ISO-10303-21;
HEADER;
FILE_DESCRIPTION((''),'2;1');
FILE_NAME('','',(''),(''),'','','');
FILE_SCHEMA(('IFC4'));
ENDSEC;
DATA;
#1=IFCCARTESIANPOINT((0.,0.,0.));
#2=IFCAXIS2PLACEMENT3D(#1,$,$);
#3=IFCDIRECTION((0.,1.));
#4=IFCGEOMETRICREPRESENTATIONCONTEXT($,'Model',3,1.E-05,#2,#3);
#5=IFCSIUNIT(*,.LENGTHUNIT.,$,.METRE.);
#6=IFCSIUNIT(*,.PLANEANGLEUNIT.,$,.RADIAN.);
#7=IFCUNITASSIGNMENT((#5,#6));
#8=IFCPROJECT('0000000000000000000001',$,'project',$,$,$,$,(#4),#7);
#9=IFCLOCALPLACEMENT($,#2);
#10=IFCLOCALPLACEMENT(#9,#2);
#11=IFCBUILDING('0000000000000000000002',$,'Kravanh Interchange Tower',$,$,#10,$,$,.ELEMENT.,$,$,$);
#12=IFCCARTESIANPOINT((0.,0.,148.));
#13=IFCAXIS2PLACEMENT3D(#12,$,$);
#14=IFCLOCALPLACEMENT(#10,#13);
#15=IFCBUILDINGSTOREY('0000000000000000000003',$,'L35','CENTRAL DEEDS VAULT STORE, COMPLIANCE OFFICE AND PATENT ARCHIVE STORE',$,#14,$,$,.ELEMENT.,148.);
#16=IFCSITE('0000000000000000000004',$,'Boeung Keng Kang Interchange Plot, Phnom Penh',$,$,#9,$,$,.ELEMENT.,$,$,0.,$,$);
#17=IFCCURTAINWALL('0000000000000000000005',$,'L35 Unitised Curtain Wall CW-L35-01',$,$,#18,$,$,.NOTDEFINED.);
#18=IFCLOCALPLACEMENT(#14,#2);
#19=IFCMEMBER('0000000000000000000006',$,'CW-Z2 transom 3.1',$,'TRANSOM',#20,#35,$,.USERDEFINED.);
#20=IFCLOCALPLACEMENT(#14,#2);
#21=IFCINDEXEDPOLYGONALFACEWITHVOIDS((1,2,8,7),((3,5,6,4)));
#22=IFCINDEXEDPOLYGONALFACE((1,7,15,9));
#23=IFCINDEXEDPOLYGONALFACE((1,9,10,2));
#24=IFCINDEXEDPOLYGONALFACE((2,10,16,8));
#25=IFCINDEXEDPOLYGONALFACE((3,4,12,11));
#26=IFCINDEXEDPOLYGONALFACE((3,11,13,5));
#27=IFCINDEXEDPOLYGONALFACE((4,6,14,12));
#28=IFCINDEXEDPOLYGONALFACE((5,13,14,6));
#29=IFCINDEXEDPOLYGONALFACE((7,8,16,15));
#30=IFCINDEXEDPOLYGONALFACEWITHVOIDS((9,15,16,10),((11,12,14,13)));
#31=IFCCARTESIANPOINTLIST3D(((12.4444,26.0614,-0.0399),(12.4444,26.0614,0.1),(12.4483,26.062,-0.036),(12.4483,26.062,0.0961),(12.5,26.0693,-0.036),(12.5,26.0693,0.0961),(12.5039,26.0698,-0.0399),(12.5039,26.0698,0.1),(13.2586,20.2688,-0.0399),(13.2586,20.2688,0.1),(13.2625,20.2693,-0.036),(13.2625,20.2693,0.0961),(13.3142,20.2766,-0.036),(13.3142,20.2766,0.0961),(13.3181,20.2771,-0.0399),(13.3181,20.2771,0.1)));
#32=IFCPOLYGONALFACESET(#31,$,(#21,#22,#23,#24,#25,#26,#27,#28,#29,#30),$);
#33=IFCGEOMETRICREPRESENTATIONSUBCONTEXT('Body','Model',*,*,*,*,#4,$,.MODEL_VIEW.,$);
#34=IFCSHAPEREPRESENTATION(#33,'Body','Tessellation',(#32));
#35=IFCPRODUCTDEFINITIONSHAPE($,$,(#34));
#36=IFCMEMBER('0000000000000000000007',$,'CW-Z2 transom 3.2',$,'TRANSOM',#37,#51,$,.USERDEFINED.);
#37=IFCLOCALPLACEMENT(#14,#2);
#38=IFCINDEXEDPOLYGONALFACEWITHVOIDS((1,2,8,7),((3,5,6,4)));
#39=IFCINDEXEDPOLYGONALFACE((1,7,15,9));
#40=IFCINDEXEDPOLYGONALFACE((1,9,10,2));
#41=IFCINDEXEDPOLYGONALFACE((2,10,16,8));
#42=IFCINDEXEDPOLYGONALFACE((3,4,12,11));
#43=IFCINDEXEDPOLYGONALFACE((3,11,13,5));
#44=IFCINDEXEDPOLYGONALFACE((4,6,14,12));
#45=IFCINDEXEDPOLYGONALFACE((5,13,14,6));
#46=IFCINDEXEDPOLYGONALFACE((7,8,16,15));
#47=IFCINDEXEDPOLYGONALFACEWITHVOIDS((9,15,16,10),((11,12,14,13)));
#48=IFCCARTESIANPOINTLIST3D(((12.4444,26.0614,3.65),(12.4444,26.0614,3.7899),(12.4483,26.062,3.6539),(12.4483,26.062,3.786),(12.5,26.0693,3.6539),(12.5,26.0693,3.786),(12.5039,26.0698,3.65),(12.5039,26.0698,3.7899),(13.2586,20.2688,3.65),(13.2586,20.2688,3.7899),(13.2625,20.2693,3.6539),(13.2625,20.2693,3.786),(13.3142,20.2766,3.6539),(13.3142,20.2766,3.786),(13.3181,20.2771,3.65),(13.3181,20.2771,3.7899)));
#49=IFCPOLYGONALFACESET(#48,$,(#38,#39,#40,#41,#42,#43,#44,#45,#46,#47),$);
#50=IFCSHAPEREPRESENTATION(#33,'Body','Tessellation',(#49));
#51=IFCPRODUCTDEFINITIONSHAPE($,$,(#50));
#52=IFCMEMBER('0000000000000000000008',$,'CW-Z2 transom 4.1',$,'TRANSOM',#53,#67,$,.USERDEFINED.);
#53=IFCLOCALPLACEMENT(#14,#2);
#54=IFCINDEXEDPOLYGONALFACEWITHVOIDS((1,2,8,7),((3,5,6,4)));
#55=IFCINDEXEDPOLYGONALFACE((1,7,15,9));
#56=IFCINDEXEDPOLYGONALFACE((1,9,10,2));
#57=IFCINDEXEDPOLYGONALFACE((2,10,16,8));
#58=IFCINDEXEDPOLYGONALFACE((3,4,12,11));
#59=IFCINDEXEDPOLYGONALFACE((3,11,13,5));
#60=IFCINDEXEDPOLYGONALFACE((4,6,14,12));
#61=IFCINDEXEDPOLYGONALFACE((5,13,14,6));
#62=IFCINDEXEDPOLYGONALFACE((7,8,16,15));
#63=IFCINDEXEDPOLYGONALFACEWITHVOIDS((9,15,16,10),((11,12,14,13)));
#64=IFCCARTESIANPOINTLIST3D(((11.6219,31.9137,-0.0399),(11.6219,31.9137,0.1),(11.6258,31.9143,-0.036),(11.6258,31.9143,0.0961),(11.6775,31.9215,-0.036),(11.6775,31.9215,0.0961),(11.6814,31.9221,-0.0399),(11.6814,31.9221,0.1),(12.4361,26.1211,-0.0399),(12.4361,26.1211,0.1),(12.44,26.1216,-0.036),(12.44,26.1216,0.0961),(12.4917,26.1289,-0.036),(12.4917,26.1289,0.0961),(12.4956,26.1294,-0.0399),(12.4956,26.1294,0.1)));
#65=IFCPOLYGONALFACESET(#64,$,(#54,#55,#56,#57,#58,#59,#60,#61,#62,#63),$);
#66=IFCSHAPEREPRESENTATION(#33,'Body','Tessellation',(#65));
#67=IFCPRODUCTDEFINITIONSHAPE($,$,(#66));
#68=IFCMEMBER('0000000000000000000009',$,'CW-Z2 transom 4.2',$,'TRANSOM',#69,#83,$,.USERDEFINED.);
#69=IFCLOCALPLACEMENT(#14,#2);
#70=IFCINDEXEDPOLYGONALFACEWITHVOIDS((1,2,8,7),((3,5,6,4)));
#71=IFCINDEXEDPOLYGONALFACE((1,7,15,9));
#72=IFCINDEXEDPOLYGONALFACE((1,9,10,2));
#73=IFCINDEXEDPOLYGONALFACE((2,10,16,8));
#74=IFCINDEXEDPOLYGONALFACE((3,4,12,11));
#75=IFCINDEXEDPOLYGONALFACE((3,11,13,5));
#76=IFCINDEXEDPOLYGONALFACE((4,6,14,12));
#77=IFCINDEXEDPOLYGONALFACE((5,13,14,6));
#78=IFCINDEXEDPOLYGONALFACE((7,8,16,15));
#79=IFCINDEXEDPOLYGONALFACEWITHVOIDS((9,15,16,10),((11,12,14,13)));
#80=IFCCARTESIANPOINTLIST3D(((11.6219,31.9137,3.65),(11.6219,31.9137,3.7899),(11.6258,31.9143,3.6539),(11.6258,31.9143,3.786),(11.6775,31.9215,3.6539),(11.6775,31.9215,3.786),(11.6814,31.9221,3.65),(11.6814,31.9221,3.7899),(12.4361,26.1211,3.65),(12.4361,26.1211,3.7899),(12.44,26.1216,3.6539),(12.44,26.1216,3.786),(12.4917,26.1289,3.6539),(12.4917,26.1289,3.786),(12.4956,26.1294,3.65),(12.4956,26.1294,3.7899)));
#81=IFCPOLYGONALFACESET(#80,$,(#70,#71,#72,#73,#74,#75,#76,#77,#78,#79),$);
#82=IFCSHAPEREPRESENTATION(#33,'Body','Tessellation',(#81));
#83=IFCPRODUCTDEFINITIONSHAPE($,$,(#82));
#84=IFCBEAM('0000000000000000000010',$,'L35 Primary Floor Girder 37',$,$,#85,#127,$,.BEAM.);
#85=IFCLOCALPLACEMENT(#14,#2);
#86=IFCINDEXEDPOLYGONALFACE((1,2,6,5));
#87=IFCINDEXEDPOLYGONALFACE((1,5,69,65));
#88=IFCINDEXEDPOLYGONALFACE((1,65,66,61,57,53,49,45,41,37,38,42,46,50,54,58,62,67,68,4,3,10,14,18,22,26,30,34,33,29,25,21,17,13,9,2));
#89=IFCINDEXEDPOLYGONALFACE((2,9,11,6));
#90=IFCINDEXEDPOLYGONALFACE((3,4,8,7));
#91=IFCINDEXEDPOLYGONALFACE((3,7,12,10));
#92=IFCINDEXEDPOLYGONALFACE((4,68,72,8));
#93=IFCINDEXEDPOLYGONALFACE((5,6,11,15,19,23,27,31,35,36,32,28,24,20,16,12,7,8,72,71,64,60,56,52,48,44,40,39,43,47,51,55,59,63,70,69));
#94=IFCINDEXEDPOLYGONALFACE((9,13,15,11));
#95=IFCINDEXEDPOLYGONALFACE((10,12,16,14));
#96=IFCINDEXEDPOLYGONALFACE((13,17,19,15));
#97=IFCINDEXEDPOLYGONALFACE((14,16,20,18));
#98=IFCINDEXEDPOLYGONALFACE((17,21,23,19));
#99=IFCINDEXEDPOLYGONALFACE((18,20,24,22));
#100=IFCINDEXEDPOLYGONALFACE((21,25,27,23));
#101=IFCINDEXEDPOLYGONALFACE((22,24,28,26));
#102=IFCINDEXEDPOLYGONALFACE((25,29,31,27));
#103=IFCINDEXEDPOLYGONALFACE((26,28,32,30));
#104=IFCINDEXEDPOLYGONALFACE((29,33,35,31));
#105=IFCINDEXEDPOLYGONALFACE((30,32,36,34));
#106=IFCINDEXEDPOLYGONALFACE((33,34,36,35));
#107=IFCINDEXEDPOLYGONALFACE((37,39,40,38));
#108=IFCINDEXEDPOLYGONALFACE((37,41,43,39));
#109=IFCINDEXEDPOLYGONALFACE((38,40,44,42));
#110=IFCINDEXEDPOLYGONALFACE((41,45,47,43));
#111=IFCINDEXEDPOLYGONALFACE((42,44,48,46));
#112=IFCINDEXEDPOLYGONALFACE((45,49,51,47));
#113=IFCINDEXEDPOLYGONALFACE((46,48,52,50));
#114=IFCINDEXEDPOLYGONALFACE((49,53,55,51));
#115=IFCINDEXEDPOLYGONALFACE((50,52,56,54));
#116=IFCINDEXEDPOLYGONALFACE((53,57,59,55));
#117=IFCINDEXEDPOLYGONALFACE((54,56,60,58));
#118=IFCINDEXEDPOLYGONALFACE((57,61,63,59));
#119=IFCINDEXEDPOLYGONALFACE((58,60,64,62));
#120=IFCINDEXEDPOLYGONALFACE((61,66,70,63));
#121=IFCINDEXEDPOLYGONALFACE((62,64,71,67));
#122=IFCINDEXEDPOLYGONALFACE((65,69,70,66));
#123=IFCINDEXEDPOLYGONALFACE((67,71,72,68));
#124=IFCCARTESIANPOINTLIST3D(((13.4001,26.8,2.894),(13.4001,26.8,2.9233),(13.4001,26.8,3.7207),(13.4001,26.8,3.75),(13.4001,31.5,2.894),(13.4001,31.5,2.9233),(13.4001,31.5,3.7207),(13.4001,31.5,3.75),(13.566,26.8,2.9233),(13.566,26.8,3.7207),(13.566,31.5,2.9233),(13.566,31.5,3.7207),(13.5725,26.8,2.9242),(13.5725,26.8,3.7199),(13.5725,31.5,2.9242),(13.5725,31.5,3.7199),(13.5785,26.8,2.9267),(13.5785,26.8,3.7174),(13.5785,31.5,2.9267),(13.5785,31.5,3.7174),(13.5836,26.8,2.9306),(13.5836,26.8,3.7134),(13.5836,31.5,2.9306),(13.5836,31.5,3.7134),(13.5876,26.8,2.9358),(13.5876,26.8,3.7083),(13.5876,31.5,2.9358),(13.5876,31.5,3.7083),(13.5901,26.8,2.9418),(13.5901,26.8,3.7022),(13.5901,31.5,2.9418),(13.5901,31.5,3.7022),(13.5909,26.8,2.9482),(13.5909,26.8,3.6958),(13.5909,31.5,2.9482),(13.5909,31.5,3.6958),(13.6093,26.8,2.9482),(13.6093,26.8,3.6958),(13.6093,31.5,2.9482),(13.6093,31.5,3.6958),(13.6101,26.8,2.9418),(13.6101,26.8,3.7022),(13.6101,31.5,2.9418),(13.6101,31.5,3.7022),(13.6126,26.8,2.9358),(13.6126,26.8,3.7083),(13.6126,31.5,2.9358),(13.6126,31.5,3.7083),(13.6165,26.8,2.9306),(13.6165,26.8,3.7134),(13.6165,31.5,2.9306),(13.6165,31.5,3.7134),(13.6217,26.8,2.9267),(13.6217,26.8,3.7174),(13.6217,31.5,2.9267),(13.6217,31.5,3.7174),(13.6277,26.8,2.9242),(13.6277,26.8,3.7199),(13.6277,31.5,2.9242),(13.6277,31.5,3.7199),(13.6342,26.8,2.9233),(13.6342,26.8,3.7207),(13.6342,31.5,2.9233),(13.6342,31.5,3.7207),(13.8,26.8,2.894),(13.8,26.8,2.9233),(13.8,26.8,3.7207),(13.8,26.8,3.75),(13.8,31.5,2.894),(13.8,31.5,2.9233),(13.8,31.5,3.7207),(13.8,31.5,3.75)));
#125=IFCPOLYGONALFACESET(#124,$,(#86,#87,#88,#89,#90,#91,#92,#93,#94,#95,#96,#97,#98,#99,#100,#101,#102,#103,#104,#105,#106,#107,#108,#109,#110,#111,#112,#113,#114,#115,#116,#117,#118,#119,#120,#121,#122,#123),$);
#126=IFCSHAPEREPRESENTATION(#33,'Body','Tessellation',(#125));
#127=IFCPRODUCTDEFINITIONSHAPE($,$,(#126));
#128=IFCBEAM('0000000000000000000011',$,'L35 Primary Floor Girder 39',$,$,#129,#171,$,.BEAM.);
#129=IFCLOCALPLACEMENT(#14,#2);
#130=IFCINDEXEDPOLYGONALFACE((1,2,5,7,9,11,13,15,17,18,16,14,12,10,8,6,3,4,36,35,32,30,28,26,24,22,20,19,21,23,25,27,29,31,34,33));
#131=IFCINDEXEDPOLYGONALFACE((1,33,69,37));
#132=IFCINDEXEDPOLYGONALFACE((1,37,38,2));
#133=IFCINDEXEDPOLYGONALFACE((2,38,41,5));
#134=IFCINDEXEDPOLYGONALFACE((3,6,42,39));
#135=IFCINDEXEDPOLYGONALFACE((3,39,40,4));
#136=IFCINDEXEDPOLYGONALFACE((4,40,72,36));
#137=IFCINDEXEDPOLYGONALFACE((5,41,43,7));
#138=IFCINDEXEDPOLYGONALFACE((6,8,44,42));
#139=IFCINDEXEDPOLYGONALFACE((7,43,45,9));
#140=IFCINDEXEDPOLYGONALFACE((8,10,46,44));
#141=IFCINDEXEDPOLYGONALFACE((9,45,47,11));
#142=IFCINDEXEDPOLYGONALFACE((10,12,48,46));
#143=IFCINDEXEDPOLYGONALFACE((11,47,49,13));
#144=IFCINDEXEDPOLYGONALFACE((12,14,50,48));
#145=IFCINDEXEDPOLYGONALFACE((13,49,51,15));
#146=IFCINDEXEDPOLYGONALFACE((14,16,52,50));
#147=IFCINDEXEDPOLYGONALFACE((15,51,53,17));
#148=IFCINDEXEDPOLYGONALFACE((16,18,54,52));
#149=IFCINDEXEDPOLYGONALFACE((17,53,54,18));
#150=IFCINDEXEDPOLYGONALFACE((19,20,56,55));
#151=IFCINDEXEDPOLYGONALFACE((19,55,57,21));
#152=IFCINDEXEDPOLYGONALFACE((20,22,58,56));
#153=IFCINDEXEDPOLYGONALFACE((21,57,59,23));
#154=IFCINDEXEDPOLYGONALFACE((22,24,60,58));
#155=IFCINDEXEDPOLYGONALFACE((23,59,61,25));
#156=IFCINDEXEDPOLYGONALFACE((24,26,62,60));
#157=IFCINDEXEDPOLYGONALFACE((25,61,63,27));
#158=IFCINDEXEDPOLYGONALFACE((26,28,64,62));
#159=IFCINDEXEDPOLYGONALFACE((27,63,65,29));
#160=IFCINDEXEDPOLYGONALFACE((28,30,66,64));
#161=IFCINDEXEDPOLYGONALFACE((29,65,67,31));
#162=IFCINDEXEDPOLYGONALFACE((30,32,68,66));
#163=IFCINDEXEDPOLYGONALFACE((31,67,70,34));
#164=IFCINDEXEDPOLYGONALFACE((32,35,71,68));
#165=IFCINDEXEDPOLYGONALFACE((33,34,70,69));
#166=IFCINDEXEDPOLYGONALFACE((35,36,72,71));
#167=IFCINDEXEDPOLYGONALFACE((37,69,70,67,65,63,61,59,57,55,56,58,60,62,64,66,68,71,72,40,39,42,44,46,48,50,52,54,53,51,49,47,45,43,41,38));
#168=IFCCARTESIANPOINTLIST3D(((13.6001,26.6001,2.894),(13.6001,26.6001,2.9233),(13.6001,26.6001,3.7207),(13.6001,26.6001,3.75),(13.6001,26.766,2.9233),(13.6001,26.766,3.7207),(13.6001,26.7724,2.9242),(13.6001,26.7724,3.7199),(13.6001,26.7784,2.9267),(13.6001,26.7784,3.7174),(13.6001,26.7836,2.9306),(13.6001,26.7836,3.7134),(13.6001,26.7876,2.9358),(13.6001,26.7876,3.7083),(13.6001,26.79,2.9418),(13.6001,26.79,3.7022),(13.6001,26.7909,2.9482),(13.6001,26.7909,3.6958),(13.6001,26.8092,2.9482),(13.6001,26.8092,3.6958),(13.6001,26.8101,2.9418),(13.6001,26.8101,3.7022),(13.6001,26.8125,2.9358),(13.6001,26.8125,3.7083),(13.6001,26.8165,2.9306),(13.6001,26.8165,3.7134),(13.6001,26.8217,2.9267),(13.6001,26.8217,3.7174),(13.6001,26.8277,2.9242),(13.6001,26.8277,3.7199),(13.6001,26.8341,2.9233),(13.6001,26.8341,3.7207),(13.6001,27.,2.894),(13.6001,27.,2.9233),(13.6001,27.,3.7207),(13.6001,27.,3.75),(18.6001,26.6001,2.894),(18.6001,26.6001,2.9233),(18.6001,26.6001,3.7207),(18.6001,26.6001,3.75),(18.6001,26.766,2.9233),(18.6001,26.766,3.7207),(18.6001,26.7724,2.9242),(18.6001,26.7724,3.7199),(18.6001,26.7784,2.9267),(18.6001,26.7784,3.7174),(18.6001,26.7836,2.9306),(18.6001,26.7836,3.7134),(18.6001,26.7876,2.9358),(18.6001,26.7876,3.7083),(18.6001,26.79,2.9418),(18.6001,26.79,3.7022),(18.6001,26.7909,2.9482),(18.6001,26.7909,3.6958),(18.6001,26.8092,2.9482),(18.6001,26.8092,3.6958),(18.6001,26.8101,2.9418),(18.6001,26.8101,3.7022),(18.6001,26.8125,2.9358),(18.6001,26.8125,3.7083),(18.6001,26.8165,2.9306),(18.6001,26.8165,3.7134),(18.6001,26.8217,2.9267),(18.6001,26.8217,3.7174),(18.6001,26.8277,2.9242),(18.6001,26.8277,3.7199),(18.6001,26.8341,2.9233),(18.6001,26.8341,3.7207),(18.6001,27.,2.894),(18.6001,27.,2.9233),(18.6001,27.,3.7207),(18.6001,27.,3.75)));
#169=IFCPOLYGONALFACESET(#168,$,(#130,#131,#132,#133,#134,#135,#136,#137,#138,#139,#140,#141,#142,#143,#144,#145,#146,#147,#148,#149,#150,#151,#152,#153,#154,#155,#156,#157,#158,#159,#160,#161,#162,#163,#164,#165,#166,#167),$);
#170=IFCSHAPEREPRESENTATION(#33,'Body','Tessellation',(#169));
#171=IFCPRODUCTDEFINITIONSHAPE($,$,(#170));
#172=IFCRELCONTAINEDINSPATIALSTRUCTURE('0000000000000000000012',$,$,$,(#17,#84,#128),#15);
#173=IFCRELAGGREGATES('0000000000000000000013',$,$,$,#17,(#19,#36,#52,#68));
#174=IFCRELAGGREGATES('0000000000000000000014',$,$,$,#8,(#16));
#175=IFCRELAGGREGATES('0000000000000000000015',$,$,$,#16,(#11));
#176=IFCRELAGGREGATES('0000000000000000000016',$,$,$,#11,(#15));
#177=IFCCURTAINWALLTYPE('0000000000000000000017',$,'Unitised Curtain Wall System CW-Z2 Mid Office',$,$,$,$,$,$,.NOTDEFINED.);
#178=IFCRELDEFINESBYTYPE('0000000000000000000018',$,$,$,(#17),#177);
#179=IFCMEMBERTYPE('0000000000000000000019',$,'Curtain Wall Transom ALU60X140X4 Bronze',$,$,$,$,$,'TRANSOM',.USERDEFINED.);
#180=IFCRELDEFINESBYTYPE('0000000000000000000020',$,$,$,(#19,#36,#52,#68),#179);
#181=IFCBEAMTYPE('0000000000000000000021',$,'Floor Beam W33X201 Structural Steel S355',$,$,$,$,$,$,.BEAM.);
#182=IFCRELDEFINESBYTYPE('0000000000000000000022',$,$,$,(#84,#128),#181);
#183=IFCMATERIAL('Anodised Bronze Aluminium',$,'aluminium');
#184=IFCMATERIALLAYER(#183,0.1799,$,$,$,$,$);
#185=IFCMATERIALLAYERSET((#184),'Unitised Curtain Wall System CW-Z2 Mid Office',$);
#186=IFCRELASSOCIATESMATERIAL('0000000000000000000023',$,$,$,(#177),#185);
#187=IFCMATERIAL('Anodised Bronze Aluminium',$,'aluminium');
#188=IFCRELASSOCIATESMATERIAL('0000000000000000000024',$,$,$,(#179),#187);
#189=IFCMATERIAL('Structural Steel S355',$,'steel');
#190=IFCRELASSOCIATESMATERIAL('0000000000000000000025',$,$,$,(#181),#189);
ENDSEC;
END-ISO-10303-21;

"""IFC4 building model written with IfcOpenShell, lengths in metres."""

from ifc_helpers import new_model, si_unit, direction, frame, origin, origin_2d, place, context, subcontext, project, spatial, hollow_rectangle, i_section, extrude, material, layer, layer_set, material_profile, profile_set, type_object, element, aggregate, save


model = new_model("IFC4")

# Units and contexts
model_context = context("Model", 3, precision=1e-05, world=origin(), true_north=direction((0.0, 1.0)))
body_context = subcontext(model_context, "Body", "Model", "MODEL_VIEW")
ifc_project = project(units=[si_unit("LENGTHUNIT", "METRE"), si_unit("PLANEANGLEUNIT", "RADIAN")], contexts=[model_context])

# Site, building, storey
site_placement = place(None, origin())
site = spatial("IfcSite", under=ifc_project, at=site_placement, Name="Boeung Keng Kang Interchange Plot, Phnom Penh", CompositionType="ELEMENT", RefElevation=0.0)
building_placement = place(site_placement, origin())
building = spatial("IfcBuilding", under=site, at=building_placement, Name="Kravanh Interchange Tower", CompositionType="ELEMENT")
storey_placement = place(building_placement, frame((0.0, 0.0, 148.0)))
storey = spatial("IfcBuildingStorey", under=building, at=storey_placement, Name="L35", Description="CENTRAL DEEDS VAULT STORE, COMPLIANCE OFFICE AND PATENT ARCHIVE STORE", CompositionType="ELEMENT", Elevation=148.0)

# Curtain wall, members
ifc_material_1 = material(Name="Anodised Bronze Aluminium", Category="aluminium")
ifc_layer_1 = layer(ifc_material_1, 0.1799)
ifc_layer_set_1 = layer_set([ifc_layer_1], Name="Unitised Curtain Wall System CW-Z2 Mid Office")
curtain_wall_type = type_object("IfcCurtainWallType", Name="Unitised Curtain Wall System CW-Z2 Mid Office", PredefinedType="NOTDEFINED", material=ifc_layer_set_1)
curtain_wall_placement = place(storey_placement, origin())
curtain_wall = element("IfcCurtainWall", 1, at=curtain_wall_placement, inside=storey, type_object=curtain_wall_type, Name="L35 Unitised Curtain Wall CW-L35-01", PredefinedType="NOTDEFINED")
ifc_material_2 = material(Name="Anodised Bronze Aluminium", Category="aluminium")
ifc_material_profile_1 = material_profile(ifc_material_2, hollow_rectangle(XDim=0.0601, YDim=0.1399, WallThickness=0.0039, at=origin_2d()), Name="ALU60X140X4")
ifc_profile_set_1 = profile_set([ifc_material_profile_1], Name="Anodised Bronze Aluminium")
member_type_1 = type_object("IfcMemberType", Name="Curtain Wall Transom ALU60X140X4 Bronze", ElementType="TRANSOM", PredefinedType="USERDEFINED", material=ifc_profile_set_1)
member_1_placement = place(storey_placement, frame((13.2883, 20.2729, 0.03), z_axis=(-0.139189, 0.990266, 0.0), x_axis=(-0.990266, -0.139189, 0.0)))
member_1 = element("IfcMember", 2, at=member_1_placement, type_object=member_type_1, Name="CW-Z2 transom 3.1", ObjectType="TRANSOM", PredefinedType="USERDEFINED", context=body_context, shape_type="SweptSolid", body=[
    extrude(hollow_rectangle(XDim=0.0601, YDim=0.1399, WallThickness=0.0039, at=origin_2d()), origin(), (0.0, 0.0, 1.0), 5.8496),
])
member_2_placement = place(storey_placement, frame((13.2883, 20.2729, 3.72), z_axis=(-0.139189, 0.990266, 0.0), x_axis=(-0.990266, -0.139189, 0.0)))
member_2 = element("IfcMember", 3, at=member_2_placement, type_object=member_type_1, Name="CW-Z2 transom 3.2", ObjectType="TRANSOM", PredefinedType="USERDEFINED", context=body_context, shape_type="SweptSolid", body=[
    extrude(hollow_rectangle(XDim=0.0601, YDim=0.1399, WallThickness=0.0039, at=origin_2d()), origin(), (0.0, 0.0, 1.0), 5.8496),
])
member_3_placement = place(storey_placement, frame((12.4658, 26.1252, 0.03), z_axis=(-0.139189, 0.990266, 0.0), x_axis=(-0.990266, -0.139189, 0.0)))
member_3 = element("IfcMember", 4, at=member_3_placement, type_object=member_type_1, Name="CW-Z2 transom 4.1", ObjectType="TRANSOM", PredefinedType="USERDEFINED", context=body_context, shape_type="SweptSolid", body=[
    extrude(hollow_rectangle(XDim=0.0601, YDim=0.1399, WallThickness=0.0039, at=origin_2d()), origin(), (0.0, 0.0, 1.0), 5.8496),
])
member_4_placement = place(storey_placement, frame((12.4658, 26.1252, 3.72), z_axis=(-0.139189, 0.990266, 0.0), x_axis=(-0.990266, -0.139189, 0.0)))
member_4 = element("IfcMember", 5, at=member_4_placement, type_object=member_type_1, Name="CW-Z2 transom 4.2", ObjectType="TRANSOM", PredefinedType="USERDEFINED", context=body_context, shape_type="SweptSolid", body=[
    extrude(hollow_rectangle(XDim=0.0601, YDim=0.1399, WallThickness=0.0039, at=origin_2d()), origin(), (0.0, 0.0, 1.0), 5.8496),
])

# Beams
ifc_material_3 = material(Name="Structural Steel S355", Category="steel")
ifc_material_profile_2 = material_profile(ifc_material_3, i_section(OverallWidth=0.3999, OverallDepth=0.856, WebThickness=0.0183, FlangeThickness=0.0293, FilletRadius=0.0249, at=origin_2d()), Name="W33X201")
ifc_profile_set_2 = profile_set([ifc_material_profile_2], Name="Structural Steel S355")
beam_type_1 = type_object("IfcBeamType", Name="Floor Beam W33X201 Structural Steel S355", PredefinedType="BEAM", material=ifc_profile_set_2)
beam_1_placement = place(storey_placement, frame((13.6001, 26.8, 3.322), z_axis=(0.0, 1.0, 0.0), x_axis=(-1.0, 0.0, 0.0)))
element("IfcBeam", 6, at=beam_1_placement, inside=storey, type_object=beam_type_1, Name="L35 Primary Floor Girder 37", PredefinedType="BEAM", context=body_context, shape_type="SweptSolid", body=[
    extrude(i_section(OverallWidth=0.3999, OverallDepth=0.856, WebThickness=0.0183, FlangeThickness=0.0293, FilletRadius=0.0249, at=origin_2d()), origin(), (0.0, 0.0, 1.0), 4.7),
])
beam_2_placement = place(storey_placement, frame((13.6001, 26.8, 3.322), z_axis=(1.0, 0.0, 0.0), x_axis=(0.0, 1.0, 0.0)))
element("IfcBeam", 7, at=beam_2_placement, inside=storey, type_object=beam_type_1, Name="L35 Primary Floor Girder 39", PredefinedType="BEAM", context=body_context, shape_type="SweptSolid", body=[
    extrude(i_section(OverallWidth=0.3999, OverallDepth=0.856, WebThickness=0.0183, FlangeThickness=0.0293, FilletRadius=0.0249, at=origin_2d()), origin(), (0.0, 0.0, 1.0), 5.0),
])

aggregate(curtain_wall, [member_1, member_2, member_3, member_4])

save(model, "model.ifc")
